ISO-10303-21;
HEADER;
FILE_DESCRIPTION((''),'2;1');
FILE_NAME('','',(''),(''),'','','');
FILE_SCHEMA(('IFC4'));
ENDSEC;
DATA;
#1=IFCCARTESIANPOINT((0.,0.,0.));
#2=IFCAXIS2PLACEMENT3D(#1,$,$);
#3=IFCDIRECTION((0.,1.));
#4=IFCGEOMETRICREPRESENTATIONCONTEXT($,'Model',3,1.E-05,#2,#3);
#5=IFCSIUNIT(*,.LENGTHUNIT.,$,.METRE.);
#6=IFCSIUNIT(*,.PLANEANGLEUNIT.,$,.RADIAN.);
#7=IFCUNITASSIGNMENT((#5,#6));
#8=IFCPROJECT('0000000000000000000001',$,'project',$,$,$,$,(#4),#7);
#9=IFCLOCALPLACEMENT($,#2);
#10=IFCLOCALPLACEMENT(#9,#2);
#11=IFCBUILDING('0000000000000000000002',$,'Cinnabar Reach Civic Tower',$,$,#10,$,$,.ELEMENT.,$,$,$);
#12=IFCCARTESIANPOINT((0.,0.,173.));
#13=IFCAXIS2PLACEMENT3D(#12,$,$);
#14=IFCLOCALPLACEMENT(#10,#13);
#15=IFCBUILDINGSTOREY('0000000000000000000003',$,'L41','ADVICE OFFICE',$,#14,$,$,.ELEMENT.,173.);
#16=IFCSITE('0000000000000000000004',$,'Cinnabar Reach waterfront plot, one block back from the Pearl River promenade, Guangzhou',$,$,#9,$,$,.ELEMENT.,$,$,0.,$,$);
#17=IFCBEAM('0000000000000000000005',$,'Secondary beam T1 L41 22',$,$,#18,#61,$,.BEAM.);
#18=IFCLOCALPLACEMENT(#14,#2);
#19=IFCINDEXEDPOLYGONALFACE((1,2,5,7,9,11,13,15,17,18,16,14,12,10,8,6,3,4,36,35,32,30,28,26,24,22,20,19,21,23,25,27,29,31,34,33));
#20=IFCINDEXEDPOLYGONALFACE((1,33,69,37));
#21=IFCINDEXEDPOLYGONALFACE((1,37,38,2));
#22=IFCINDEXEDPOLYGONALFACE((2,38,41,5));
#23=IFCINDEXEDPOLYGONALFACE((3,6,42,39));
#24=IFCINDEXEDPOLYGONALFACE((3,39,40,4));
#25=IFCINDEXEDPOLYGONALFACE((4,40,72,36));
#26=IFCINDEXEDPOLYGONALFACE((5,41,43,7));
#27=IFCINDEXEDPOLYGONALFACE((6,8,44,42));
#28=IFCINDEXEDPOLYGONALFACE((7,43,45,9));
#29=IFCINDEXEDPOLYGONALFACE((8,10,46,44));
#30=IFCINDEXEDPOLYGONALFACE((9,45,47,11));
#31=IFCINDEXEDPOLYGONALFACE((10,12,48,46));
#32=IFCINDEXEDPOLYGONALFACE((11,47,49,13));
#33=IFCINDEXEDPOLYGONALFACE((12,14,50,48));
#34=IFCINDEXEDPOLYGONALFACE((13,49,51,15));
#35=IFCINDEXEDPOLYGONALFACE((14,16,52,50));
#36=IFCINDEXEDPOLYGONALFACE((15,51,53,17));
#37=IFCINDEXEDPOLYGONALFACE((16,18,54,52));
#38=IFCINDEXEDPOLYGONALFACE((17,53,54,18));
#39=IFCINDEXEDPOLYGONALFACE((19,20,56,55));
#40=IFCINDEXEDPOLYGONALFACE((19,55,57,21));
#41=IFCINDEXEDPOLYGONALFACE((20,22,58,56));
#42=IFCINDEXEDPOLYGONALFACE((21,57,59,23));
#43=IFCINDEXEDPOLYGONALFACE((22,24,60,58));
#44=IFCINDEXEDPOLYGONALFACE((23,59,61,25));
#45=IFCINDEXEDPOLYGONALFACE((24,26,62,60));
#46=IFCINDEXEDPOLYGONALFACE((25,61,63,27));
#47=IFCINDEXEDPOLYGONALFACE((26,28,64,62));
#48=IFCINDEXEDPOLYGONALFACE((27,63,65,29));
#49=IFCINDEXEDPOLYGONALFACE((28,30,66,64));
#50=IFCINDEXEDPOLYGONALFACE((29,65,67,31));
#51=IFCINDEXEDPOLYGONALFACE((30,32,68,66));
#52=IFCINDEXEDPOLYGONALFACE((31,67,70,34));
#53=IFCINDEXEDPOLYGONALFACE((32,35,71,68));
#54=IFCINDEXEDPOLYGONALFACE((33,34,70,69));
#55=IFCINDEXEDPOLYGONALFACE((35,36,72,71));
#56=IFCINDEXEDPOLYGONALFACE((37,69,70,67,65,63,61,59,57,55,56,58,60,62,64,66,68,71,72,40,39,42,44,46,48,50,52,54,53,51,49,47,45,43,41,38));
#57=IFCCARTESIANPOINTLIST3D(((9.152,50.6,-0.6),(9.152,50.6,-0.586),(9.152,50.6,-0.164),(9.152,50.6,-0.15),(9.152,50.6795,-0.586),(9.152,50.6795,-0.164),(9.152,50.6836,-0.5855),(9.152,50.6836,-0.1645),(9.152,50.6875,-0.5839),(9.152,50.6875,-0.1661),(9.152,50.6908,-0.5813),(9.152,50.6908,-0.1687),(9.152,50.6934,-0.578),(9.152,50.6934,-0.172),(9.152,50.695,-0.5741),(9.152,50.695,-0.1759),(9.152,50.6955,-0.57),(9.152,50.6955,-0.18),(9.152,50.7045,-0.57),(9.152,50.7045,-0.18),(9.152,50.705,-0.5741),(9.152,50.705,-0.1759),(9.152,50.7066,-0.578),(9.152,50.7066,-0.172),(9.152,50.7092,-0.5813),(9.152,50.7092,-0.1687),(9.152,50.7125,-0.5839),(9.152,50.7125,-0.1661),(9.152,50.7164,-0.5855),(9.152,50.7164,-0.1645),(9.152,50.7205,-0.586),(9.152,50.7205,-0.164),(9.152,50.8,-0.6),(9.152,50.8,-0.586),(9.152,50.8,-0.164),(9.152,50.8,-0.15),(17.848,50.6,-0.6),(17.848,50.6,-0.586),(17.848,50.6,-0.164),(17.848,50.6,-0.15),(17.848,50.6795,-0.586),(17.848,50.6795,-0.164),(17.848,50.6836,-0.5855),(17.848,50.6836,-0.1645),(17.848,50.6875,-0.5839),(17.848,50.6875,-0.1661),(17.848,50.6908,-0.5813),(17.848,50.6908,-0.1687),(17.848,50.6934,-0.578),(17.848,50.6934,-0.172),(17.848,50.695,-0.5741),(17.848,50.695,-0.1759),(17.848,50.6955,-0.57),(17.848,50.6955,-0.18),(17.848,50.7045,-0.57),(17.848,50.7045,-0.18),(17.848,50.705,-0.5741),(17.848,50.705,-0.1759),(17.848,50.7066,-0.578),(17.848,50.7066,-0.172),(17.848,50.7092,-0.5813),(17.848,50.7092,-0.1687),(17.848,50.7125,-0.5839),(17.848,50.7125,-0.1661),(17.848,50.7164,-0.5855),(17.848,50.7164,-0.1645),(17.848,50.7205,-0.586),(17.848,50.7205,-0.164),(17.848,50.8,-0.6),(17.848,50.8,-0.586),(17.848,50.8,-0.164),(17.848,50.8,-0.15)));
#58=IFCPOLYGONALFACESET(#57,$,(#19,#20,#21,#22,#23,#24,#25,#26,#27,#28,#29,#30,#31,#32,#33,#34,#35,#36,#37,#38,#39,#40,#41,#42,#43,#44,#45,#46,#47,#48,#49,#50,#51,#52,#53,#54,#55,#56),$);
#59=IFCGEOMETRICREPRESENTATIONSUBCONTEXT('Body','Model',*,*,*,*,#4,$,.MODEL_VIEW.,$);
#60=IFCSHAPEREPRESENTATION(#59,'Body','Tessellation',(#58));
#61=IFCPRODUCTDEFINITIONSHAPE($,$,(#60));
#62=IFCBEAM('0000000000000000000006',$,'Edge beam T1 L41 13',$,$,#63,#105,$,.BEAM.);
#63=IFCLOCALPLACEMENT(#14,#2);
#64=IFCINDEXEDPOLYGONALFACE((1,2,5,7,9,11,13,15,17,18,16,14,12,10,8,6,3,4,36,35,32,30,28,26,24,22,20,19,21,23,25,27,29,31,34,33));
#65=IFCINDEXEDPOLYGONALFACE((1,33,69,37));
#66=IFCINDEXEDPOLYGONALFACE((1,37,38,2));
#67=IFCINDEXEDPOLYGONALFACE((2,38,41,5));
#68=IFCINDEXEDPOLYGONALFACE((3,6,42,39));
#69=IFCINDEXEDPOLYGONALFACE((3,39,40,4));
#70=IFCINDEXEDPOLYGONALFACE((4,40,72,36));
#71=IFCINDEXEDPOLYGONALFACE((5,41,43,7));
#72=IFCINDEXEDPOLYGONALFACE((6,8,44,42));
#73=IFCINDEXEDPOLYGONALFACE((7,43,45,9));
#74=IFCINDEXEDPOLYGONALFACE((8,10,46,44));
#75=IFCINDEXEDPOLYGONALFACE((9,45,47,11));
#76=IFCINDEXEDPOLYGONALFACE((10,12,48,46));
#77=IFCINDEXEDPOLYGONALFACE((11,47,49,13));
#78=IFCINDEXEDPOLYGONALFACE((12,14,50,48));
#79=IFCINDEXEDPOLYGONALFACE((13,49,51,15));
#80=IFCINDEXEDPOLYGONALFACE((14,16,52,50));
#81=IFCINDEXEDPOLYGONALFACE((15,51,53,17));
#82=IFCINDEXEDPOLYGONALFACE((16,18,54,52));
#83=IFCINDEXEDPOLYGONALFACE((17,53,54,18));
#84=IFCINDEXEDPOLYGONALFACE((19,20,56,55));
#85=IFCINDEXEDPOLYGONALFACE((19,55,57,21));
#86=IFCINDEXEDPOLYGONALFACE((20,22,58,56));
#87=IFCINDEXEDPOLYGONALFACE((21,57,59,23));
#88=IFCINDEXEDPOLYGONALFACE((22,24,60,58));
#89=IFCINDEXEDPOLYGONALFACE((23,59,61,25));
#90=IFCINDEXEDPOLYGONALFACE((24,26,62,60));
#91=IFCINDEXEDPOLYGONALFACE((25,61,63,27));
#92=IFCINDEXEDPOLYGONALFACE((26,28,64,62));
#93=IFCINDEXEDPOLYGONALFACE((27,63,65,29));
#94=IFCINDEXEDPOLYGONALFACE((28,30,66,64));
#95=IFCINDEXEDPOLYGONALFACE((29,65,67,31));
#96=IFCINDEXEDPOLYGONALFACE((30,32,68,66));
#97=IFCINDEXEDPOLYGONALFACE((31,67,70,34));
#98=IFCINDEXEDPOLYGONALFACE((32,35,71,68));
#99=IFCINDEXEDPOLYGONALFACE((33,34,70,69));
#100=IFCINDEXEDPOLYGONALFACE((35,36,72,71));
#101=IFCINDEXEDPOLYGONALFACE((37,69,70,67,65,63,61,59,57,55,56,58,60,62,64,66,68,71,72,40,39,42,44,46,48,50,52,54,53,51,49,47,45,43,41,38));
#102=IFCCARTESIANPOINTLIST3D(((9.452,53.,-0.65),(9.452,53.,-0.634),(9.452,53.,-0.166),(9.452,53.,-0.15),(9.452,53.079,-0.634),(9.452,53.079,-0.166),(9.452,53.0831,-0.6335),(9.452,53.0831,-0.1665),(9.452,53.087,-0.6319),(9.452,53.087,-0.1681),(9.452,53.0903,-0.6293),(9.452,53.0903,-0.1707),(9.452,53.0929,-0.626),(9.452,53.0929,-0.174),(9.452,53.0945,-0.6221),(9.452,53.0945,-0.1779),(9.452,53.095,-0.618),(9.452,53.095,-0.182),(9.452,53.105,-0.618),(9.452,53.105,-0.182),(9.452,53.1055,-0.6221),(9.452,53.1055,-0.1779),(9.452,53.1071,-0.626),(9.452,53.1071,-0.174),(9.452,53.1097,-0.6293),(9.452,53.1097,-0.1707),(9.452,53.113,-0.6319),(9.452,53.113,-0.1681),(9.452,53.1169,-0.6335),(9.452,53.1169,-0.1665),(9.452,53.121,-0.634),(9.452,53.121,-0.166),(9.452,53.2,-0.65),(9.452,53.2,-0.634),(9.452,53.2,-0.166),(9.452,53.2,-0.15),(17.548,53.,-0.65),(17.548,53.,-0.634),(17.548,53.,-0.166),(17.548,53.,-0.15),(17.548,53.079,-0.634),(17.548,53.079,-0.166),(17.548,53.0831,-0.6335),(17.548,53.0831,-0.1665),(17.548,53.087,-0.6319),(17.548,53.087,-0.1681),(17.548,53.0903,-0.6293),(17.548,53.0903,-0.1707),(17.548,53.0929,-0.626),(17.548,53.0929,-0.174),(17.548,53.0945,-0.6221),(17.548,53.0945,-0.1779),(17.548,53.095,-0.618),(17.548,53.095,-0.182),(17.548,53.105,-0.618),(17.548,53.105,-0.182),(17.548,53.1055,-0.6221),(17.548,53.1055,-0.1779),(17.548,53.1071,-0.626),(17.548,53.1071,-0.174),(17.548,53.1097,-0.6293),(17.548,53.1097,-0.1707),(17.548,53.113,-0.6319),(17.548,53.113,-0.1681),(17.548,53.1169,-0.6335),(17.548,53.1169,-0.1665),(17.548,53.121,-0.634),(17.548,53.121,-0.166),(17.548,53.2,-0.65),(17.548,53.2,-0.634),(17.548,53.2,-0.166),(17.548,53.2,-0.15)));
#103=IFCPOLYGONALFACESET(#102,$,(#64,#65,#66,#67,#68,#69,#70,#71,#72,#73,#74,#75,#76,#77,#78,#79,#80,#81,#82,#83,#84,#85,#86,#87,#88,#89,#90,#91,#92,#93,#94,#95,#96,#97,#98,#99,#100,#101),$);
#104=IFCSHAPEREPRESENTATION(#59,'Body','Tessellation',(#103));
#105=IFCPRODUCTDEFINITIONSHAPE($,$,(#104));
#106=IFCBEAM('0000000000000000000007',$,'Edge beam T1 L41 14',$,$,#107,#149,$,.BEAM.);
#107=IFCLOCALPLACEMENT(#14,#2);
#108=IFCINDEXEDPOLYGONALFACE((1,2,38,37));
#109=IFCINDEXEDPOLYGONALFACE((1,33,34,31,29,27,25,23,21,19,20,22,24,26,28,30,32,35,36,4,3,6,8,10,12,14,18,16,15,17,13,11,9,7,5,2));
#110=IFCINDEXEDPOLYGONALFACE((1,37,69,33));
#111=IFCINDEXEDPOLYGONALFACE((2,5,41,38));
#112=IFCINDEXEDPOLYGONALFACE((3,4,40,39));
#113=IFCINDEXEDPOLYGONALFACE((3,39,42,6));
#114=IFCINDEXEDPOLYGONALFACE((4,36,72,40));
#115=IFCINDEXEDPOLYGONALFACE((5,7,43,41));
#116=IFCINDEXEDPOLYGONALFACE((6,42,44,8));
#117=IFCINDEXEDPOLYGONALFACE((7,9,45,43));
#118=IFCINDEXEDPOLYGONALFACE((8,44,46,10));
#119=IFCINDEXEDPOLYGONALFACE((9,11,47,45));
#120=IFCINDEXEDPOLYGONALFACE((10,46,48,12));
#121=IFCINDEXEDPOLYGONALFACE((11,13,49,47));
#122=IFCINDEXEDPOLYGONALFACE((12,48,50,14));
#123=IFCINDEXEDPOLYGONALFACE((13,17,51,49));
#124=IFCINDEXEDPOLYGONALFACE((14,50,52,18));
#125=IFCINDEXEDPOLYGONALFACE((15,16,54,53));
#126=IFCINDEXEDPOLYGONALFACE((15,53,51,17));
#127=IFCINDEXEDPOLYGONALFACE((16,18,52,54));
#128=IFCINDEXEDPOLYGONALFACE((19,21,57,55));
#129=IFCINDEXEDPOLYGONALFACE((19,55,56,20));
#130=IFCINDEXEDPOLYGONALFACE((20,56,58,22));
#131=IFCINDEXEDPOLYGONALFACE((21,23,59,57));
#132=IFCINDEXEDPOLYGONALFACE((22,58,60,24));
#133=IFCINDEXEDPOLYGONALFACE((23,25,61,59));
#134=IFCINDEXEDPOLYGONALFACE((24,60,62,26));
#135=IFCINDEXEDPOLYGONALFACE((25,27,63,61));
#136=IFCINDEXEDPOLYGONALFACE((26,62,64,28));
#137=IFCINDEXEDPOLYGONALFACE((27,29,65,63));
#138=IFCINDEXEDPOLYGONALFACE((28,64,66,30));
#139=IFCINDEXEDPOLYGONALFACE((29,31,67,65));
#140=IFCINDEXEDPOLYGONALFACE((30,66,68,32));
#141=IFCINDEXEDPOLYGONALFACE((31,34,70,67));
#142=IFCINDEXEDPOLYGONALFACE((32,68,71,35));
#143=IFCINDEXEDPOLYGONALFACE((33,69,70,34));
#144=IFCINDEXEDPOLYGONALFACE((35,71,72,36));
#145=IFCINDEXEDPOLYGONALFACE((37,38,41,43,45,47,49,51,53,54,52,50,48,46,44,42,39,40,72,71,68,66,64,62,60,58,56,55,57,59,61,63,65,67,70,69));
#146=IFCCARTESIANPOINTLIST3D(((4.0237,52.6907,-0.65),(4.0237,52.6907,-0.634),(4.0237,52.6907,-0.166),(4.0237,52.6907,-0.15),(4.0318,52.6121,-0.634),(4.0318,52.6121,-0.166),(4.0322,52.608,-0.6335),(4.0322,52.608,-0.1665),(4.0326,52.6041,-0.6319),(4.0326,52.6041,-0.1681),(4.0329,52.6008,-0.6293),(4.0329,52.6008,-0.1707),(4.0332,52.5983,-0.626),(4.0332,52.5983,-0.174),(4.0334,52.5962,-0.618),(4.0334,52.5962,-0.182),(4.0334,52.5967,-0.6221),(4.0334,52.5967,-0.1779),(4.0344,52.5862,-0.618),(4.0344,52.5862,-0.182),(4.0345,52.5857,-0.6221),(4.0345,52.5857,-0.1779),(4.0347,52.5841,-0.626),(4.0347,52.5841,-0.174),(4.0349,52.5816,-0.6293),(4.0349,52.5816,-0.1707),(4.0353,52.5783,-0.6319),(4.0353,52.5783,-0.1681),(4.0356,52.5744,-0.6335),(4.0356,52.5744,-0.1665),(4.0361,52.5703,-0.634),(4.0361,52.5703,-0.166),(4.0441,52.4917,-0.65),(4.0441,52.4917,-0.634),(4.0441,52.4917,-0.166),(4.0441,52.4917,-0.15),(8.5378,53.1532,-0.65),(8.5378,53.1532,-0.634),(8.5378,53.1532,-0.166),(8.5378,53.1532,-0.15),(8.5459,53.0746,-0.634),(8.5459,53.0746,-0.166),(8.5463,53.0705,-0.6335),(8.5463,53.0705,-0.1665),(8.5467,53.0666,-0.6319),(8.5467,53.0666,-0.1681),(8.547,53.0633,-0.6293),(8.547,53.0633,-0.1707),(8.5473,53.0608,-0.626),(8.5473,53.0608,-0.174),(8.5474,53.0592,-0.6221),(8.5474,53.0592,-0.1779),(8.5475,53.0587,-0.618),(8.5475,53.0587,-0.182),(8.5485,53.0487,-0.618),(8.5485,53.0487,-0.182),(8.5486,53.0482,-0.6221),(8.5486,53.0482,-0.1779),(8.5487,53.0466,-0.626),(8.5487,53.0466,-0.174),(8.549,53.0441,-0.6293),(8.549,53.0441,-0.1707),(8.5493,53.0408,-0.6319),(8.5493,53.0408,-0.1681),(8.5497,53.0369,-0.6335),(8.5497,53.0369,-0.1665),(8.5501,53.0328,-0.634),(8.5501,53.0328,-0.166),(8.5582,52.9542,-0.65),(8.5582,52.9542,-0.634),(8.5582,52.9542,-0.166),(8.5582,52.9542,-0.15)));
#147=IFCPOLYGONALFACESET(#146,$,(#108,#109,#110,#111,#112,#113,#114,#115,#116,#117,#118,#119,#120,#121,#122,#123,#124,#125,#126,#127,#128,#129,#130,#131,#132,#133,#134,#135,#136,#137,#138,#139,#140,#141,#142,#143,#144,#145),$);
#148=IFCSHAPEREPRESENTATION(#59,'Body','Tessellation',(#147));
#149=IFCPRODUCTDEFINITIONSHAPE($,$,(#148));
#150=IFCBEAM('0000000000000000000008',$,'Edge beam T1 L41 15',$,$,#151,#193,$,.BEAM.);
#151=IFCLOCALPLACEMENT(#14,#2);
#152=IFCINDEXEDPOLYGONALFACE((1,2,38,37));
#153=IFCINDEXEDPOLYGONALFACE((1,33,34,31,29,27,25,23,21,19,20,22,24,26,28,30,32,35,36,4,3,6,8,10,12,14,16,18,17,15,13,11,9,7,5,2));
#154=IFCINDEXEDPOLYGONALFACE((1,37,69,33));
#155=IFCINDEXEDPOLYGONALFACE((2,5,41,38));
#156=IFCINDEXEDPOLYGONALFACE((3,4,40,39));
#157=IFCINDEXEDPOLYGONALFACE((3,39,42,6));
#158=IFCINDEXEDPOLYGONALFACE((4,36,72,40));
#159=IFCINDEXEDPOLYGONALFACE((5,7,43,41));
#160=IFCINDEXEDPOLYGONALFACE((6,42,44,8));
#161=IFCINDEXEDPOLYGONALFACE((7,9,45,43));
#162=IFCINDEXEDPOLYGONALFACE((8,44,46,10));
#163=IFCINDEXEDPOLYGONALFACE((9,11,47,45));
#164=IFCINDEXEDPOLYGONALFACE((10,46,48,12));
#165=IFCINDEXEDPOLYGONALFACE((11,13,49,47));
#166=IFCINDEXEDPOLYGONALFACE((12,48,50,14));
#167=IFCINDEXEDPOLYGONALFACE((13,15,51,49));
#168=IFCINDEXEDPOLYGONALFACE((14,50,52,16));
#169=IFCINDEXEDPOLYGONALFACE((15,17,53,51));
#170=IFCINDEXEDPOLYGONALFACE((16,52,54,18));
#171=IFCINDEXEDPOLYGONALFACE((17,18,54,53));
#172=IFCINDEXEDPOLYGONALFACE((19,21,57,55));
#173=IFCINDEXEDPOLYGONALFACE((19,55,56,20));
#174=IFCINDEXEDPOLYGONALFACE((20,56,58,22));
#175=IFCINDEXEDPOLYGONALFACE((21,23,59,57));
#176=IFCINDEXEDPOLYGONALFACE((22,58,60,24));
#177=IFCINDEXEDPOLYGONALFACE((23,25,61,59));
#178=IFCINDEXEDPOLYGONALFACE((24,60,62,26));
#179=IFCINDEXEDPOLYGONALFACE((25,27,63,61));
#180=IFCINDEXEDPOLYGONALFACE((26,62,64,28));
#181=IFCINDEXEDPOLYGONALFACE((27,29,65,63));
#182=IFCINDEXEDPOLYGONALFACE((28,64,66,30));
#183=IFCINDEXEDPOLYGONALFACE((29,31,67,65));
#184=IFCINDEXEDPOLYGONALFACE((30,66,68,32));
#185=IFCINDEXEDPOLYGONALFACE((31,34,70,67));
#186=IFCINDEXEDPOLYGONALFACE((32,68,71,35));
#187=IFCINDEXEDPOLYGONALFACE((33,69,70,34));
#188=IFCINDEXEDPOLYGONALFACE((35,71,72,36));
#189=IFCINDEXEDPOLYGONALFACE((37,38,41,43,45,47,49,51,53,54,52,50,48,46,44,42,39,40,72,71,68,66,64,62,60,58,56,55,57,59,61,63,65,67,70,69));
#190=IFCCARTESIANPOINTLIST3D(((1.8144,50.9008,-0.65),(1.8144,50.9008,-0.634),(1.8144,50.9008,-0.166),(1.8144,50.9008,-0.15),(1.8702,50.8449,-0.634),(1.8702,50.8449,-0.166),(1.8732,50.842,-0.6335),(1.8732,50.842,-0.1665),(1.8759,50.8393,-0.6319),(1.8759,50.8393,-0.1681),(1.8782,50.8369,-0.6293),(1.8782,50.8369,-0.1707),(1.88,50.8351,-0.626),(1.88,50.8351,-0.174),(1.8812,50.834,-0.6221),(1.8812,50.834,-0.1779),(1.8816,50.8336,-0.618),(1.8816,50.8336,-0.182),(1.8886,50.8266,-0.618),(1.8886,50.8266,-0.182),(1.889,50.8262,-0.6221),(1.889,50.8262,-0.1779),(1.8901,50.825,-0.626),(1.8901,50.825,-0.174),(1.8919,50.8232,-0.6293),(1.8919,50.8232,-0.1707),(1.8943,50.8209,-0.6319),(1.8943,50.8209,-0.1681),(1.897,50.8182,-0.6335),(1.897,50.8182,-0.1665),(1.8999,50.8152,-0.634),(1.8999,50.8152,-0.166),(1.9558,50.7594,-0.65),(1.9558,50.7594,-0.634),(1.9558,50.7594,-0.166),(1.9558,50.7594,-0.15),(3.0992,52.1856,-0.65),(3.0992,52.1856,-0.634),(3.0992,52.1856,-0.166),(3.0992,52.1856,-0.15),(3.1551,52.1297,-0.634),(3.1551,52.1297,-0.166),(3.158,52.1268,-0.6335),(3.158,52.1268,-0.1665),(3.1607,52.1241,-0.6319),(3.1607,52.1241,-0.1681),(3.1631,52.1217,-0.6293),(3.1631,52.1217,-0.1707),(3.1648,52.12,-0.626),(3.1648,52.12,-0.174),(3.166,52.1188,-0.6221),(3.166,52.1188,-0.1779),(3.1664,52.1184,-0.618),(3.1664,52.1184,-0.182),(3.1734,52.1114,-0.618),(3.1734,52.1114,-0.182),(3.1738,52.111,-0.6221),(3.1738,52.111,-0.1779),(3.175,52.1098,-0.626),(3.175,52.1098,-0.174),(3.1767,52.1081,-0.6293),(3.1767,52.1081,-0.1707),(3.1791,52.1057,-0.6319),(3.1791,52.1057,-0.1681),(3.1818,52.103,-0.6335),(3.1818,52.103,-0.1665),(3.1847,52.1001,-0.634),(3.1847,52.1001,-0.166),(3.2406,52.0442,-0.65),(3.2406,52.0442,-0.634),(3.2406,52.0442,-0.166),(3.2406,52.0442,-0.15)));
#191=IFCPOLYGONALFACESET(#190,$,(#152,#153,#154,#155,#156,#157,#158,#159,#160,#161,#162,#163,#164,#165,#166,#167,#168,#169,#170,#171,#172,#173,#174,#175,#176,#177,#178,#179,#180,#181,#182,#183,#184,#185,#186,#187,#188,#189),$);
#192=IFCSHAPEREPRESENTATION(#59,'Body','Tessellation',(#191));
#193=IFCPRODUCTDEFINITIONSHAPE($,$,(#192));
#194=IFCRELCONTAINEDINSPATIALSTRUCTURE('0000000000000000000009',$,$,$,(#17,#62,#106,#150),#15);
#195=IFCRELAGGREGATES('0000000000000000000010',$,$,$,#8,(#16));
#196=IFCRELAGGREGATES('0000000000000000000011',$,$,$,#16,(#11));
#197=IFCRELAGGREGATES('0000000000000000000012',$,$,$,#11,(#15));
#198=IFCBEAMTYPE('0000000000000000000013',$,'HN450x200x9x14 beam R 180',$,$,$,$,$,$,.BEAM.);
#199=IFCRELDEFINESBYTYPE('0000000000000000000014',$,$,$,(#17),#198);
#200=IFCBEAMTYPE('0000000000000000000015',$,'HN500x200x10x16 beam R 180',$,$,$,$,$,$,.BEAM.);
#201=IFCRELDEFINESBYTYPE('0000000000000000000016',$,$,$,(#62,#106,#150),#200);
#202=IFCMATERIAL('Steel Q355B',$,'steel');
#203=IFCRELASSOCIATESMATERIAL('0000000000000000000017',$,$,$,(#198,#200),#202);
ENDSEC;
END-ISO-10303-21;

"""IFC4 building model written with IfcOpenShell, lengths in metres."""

from ifc_helpers import new_model, si_unit, direction, frame, origin, origin_2d, place, context, subcontext, project, spatial, i_section, extrude, material, material_profile, profile_set, type_object, element, save


model = new_model("IFC4")

# Units and contexts
model_context = context("Model", 3, precision=1e-05, world=origin(), true_north=direction((0.0, 1.0)))
body_context = subcontext(model_context, "Body", "Model", "MODEL_VIEW")
ifc_project = project(units=[si_unit("LENGTHUNIT", "METRE"), si_unit("PLANEANGLEUNIT", "RADIAN")], contexts=[model_context])

# Site, building, storey
site_placement = place(None, origin())
site = spatial("IfcSite", under=ifc_project, at=site_placement, Name="Cinnabar Reach waterfront plot, one block back from the Pearl River promenade, Guangzhou", CompositionType="ELEMENT", RefElevation=0.0)
building_placement = place(site_placement, origin())
building = spatial("IfcBuilding", under=site, at=building_placement, Name="Cinnabar Reach Civic Tower", CompositionType="ELEMENT")
storey_placement = place(building_placement, frame((0.0, 0.0, 173.0)))
storey = spatial("IfcBuildingStorey", under=building, at=storey_placement, Name="L41", Description="ADVICE OFFICE", CompositionType="ELEMENT", Elevation=173.0)

# Beams
ifc_material_1 = material(Name="Steel Q355B", Category="steel")
ifc_material_profile_1 = material_profile(ifc_material_1, i_section(OverallWidth=0.2, OverallDepth=0.45, WebThickness=0.009, FlangeThickness=0.014, FilletRadius=0.016, at=origin_2d()), Name="HN450x200x9x14")
ifc_profile_set_1 = profile_set([ifc_material_profile_1], Name="Steel Q355B")
beam_type_1 = type_object("IfcBeamType", Name="HN450x200x9x14 beam R 180", PredefinedType="BEAM", material=ifc_profile_set_1)
beam_1_placement = place(storey_placement, frame((9.152, 50.7, -0.375), z_axis=(1.0, 0.0, 0.0), x_axis=(0.0, 1.0, 0.0)))
element("IfcBeam", 1, at=beam_1_placement, inside=storey, type_object=beam_type_1, Name="Secondary beam T1 L41 22", PredefinedType="BEAM", context=body_context, shape_type="SweptSolid", body=[
    extrude(i_section(OverallWidth=0.2, OverallDepth=0.45, WebThickness=0.009, FlangeThickness=0.014, FilletRadius=0.016, at=origin_2d()), origin(), (0.0, 0.0, 1.0), 8.696),
])
ifc_material_profile_2 = material_profile(ifc_material_1, i_section(OverallWidth=0.2, OverallDepth=0.5, WebThickness=0.01, FlangeThickness=0.016, FilletRadius=0.016, at=origin_2d()), Name="HN500x200x10x16")
ifc_profile_set_2 = profile_set([ifc_material_profile_2], Name="Steel Q355B")
beam_type_2 = type_object("IfcBeamType", Name="HN500x200x10x16 beam R 180", PredefinedType="BEAM", material=ifc_profile_set_2)
beam_2_placement = place(storey_placement, frame((17.548, 53.1, -0.4), z_axis=(-1.0, 0.0, 0.0), x_axis=(0.0, -1.0, 0.0)))
element("IfcBeam", 2, at=beam_2_placement, inside=storey, type_object=beam_type_2, Name="Edge beam T1 L41 13", PredefinedType="BEAM", context=body_context, shape_type="SweptSolid", body=[
    extrude(i_section(OverallWidth=0.2, OverallDepth=0.5, WebThickness=0.01, FlangeThickness=0.016, FilletRadius=0.016, at=origin_2d()), origin(), (0.0, 0.0, 1.0), 8.096),
])
beam_3_placement = place(storey_placement, frame((8.548, 53.0537, -0.4), z_axis=(-0.994792, -0.101923, 0.0), x_axis=(0.101923, -0.994792, 0.0)))
element("IfcBeam", 3, at=beam_3_placement, inside=storey, type_object=beam_type_2, Name="Edge beam T1 L41 14", PredefinedType="BEAM", context=body_context, shape_type="SweptSolid", body=[
    extrude(i_section(OverallWidth=0.2, OverallDepth=0.5, WebThickness=0.01, FlangeThickness=0.016, FilletRadius=0.016, at=origin_2d()), origin(), (0.0, 0.0, 1.0), 4.5377),
])
beam_4_placement = place(storey_placement, frame((3.1699, 52.1149, -0.4), z_axis=(-0.707107, -0.707107, 0.0), x_axis=(0.707107, -0.707107, 0.0)))
element("IfcBeam", 4, at=beam_4_placement, inside=storey, type_object=beam_type_2, Name="Edge beam T1 L41 15", PredefinedType="BEAM", context=body_context, shape_type="SweptSolid", body=[
    extrude(i_section(OverallWidth=0.2, OverallDepth=0.5, WebThickness=0.01, FlangeThickness=0.016, FilletRadius=0.016, at=origin_2d()), origin(), (0.0, 0.0, 1.0), 1.817),
])

save(model, "model.ifc")
